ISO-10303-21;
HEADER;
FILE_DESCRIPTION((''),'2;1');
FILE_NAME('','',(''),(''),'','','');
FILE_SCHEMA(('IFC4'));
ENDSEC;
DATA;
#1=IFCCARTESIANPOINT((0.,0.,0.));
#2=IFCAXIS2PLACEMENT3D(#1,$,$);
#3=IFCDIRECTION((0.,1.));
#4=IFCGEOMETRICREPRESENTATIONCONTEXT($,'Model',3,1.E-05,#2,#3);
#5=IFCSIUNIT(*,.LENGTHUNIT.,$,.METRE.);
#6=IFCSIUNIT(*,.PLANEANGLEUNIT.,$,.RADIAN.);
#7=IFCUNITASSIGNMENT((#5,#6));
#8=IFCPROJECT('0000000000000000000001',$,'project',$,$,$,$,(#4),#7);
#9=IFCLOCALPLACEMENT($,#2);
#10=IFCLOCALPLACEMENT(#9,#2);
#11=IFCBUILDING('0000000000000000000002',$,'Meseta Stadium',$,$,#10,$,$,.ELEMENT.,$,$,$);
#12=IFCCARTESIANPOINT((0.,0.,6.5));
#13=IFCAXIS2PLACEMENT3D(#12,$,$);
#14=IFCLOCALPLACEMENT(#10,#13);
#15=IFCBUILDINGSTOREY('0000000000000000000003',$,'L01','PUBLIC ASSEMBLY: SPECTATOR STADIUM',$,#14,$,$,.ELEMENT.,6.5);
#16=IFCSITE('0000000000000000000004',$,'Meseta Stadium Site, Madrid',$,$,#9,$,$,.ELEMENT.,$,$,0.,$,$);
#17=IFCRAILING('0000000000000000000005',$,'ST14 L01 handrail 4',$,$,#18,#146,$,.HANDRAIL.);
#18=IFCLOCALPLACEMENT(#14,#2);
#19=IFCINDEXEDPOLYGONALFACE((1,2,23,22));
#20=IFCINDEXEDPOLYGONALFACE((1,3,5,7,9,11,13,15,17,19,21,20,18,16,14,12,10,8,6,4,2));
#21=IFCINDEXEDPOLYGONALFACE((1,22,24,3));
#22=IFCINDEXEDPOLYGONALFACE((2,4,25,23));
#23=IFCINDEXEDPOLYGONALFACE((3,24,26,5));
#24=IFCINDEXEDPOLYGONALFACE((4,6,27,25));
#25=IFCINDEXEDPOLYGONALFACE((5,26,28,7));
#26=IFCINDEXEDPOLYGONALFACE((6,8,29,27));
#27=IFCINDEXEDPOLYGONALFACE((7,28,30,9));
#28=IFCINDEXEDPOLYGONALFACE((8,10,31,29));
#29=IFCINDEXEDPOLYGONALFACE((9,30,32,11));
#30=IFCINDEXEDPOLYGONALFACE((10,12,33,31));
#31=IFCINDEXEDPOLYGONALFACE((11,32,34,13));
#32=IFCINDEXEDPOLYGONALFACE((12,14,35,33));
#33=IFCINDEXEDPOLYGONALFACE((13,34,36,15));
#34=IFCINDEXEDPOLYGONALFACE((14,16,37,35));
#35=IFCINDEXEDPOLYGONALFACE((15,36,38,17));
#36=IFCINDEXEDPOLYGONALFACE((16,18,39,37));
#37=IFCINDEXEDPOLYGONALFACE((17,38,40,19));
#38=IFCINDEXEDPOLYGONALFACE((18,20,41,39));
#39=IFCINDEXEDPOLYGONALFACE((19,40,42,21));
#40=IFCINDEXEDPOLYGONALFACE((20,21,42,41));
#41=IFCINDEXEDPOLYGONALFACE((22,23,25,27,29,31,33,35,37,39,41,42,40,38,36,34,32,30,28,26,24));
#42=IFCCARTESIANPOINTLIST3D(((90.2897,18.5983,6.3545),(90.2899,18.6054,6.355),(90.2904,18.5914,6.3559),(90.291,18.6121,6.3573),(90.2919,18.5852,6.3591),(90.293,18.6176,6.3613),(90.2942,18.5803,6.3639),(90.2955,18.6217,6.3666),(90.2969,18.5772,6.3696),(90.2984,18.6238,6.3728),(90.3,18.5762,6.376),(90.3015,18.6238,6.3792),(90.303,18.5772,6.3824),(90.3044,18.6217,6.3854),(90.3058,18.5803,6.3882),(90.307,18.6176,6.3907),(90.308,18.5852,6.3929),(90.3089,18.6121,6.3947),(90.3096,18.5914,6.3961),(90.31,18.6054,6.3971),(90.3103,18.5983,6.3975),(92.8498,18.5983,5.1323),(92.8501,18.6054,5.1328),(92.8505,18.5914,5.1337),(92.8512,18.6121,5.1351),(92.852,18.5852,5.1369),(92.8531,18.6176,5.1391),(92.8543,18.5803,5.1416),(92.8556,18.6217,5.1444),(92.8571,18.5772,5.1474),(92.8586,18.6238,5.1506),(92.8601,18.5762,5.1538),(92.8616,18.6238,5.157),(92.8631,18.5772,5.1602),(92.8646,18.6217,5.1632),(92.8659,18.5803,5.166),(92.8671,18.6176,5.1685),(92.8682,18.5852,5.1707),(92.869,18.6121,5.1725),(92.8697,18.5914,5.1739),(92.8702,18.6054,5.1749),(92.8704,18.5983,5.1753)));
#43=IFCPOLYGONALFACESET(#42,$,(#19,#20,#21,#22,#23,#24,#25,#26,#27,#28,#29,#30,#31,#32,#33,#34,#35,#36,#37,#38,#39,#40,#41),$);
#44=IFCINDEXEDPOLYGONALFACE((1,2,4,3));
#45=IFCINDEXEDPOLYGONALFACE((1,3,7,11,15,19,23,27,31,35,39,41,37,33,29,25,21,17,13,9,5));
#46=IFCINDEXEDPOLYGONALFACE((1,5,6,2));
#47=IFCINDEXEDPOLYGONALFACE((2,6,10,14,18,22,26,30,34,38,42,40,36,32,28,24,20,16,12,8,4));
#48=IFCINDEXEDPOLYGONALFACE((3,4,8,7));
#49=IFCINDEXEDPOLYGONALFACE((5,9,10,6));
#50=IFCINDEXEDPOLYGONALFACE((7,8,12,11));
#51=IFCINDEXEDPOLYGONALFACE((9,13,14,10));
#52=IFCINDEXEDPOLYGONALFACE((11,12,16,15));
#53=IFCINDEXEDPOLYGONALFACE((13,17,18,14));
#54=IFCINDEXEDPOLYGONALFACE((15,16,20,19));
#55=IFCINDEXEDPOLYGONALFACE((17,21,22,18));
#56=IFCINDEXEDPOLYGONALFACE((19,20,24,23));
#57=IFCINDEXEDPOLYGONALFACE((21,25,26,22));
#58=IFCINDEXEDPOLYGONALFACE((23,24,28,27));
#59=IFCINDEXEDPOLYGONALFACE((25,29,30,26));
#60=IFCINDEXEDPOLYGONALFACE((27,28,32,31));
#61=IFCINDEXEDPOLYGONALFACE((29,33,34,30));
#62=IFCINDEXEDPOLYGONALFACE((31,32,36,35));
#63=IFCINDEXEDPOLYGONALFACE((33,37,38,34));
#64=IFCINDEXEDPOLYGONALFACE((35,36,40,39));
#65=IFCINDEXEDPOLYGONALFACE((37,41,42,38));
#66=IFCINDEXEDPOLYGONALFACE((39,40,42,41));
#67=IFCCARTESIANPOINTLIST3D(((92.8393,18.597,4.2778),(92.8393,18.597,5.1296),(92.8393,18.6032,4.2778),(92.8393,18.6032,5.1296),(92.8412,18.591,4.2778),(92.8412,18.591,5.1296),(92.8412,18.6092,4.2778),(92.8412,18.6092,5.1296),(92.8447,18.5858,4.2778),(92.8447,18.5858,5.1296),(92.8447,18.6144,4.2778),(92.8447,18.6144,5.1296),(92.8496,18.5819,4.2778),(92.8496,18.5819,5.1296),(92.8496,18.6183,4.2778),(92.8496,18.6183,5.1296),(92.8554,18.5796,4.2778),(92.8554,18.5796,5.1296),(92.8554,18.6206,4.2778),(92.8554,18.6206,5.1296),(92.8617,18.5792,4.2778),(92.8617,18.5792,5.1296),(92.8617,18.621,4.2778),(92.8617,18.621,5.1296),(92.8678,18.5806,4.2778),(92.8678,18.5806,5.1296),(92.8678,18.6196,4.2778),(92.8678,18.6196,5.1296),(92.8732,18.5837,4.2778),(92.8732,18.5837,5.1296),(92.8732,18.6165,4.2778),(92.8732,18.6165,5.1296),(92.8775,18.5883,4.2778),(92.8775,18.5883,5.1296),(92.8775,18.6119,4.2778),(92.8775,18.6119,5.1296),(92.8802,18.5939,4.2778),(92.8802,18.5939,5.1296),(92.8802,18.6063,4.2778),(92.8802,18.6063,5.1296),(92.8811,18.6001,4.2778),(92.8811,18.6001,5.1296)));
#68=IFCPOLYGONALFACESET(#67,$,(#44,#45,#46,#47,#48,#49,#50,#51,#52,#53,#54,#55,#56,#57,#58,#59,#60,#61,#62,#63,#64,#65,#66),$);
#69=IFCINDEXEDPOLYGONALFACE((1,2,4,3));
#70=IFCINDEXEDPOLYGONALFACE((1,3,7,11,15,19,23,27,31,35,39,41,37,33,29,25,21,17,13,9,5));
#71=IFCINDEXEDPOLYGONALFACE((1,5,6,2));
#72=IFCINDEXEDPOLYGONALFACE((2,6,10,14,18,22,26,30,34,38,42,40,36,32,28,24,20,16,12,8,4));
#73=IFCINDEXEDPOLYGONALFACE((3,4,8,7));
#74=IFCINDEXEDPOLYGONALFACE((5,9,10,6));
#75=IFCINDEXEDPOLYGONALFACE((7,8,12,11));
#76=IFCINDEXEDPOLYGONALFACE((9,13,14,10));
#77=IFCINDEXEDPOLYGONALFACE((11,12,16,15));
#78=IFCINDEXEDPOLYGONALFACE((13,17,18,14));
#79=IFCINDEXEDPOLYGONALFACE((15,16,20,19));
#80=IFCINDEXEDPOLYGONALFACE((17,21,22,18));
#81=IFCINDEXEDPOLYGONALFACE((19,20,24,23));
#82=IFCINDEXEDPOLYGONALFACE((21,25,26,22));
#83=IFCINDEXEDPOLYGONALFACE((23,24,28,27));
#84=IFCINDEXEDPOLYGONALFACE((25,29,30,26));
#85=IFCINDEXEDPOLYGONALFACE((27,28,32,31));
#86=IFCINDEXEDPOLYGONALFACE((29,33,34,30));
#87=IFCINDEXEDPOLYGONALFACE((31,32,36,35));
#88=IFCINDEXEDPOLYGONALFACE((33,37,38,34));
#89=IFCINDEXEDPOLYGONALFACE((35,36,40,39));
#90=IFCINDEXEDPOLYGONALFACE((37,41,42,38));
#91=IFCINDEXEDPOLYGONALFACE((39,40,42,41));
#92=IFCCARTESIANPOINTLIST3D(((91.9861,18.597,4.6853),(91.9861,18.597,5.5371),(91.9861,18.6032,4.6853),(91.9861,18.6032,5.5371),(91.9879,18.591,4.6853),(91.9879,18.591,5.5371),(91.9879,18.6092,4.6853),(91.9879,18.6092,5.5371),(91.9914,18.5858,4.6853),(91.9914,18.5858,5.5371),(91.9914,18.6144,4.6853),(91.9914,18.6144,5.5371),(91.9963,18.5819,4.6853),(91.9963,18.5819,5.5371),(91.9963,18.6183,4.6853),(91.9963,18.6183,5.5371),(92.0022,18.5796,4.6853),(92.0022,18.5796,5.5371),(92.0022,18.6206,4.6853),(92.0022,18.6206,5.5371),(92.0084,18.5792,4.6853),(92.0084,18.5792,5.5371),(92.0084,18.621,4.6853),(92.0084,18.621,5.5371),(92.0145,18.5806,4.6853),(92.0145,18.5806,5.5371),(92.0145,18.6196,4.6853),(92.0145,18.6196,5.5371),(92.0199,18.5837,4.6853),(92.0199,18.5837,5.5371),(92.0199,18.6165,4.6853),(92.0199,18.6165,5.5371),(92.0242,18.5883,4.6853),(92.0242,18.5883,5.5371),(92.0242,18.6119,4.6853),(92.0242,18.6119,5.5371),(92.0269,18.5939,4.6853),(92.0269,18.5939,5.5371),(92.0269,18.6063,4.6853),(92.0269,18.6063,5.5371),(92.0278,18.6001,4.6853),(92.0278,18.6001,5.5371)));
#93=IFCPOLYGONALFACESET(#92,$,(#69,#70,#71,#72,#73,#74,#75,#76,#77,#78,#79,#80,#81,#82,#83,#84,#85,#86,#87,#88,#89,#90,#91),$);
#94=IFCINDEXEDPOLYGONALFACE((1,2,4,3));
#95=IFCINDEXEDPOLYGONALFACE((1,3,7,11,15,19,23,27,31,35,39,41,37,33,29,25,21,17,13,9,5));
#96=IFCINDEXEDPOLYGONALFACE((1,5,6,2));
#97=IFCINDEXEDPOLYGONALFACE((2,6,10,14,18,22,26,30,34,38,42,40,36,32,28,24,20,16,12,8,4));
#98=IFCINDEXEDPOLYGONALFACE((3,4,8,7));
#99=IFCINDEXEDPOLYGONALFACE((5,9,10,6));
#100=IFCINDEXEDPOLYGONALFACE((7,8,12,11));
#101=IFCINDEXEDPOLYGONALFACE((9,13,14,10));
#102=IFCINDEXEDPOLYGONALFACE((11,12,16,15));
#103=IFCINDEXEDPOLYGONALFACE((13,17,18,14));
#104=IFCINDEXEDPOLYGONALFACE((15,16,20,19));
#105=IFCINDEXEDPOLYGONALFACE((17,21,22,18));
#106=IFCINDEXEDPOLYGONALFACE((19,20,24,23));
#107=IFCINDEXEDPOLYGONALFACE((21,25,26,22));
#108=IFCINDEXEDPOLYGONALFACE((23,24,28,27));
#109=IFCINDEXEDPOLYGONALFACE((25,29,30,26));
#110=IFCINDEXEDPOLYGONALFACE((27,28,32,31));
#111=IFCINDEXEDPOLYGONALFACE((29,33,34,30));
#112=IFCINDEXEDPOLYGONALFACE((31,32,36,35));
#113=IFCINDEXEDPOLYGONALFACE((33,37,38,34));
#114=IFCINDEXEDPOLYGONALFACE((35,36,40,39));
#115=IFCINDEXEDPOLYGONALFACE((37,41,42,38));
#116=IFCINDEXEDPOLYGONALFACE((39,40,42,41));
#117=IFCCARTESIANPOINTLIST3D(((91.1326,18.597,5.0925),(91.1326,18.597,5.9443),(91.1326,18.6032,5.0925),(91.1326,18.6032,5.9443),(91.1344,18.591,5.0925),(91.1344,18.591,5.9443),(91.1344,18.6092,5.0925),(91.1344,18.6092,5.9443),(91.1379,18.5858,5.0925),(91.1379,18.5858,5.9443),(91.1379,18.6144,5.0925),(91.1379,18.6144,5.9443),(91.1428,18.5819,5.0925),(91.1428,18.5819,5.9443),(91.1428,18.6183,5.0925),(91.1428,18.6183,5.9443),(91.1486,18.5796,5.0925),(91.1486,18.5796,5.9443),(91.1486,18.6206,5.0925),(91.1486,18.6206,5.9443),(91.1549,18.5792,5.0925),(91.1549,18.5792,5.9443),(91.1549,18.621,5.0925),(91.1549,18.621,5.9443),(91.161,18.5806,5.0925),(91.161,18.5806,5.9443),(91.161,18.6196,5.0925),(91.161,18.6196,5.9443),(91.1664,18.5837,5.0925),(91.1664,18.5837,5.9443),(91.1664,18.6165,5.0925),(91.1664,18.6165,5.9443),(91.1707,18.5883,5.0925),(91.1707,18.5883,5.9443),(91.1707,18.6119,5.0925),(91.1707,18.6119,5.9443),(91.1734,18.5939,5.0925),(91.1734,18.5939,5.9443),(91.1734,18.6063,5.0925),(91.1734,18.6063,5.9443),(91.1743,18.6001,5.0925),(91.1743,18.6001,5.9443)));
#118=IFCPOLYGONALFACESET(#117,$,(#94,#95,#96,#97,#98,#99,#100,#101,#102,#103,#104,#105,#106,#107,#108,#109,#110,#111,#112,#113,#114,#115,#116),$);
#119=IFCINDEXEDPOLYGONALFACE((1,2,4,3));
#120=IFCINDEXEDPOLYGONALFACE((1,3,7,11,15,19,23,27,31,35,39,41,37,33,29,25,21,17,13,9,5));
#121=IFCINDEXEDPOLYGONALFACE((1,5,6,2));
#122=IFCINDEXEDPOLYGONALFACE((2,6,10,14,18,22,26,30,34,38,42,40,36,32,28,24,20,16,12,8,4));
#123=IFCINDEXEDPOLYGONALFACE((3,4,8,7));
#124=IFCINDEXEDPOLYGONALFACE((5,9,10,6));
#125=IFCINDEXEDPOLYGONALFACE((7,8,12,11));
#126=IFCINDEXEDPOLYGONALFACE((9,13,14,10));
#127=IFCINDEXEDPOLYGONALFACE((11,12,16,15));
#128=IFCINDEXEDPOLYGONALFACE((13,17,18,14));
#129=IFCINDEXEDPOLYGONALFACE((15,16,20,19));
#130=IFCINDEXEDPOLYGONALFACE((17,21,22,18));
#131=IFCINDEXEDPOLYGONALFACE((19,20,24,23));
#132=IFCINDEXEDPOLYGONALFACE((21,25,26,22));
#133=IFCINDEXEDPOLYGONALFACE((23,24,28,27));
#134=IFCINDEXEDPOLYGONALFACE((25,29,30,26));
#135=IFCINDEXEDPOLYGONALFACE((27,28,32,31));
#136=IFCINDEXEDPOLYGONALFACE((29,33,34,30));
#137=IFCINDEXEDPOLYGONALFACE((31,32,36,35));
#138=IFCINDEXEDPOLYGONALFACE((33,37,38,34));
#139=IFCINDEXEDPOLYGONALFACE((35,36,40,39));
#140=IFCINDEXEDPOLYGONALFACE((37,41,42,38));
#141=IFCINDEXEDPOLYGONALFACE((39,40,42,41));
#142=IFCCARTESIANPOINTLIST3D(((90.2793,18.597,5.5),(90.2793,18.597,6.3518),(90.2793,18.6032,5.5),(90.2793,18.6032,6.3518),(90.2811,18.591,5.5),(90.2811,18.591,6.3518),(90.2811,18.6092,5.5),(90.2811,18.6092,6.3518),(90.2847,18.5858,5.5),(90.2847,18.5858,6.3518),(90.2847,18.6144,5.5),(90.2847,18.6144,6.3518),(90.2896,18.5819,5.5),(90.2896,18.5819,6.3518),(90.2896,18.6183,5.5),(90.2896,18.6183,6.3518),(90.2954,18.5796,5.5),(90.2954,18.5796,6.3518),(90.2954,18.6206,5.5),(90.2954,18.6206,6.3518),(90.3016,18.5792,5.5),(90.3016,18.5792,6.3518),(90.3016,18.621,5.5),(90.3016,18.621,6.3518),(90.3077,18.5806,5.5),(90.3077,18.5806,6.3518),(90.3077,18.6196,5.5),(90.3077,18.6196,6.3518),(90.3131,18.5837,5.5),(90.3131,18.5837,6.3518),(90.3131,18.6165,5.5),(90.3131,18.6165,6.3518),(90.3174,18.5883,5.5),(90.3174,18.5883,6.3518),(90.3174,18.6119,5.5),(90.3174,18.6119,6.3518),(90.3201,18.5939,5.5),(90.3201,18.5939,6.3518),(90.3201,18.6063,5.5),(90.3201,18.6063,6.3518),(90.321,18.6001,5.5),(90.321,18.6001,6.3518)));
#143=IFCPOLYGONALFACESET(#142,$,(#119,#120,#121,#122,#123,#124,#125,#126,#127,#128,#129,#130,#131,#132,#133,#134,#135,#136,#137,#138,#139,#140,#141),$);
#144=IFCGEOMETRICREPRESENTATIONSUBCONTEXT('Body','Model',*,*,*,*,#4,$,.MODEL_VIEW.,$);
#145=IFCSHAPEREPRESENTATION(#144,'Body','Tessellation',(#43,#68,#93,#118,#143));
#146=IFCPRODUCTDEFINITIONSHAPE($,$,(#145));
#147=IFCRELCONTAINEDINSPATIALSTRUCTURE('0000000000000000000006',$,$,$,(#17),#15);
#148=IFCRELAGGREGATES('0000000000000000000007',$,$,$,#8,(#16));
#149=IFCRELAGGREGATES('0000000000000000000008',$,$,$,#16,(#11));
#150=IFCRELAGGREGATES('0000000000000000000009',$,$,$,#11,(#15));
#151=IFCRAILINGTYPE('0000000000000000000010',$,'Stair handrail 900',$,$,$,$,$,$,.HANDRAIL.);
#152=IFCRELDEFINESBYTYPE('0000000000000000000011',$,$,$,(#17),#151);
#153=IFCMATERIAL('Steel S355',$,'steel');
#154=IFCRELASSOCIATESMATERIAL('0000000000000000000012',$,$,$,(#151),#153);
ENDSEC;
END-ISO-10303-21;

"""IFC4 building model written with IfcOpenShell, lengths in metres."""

from ifc_helpers import new_model, si_unit, direction, frame, origin, origin_2d, place, context, subcontext, project, spatial, circle, extrude, material, type_object, element, save


model = new_model("IFC4")

# Units and contexts
model_context = context("Model", 3, precision=1e-05, world=origin(), true_north=direction((0.0, 1.0)))
body_context = subcontext(model_context, "Body", "Model", "MODEL_VIEW")
ifc_project = project(units=[si_unit("LENGTHUNIT", "METRE"), si_unit("PLANEANGLEUNIT", "RADIAN")], contexts=[model_context])

# Site, building, storey
site_placement = place(None, origin())
site = spatial("IfcSite", under=ifc_project, at=site_placement, Name="Meseta Stadium Site, Madrid", CompositionType="ELEMENT", RefElevation=0.0)
building_placement = place(site_placement, origin())
building = spatial("IfcBuilding", under=site, at=building_placement, Name="Meseta Stadium", CompositionType="ELEMENT")
storey_placement = place(building_placement, frame((0.0, 0.0, 6.5)))
storey = spatial("IfcBuildingStorey", under=building, at=storey_placement, Name="L01", Description="PUBLIC ASSEMBLY: SPECTATOR STADIUM", CompositionType="ELEMENT", Elevation=6.5)

# Railing
ifc_material_1 = material(Name="Steel S355", Category="steel")
railing_type_1 = type_object("IfcRailingType", Name="Stair handrail 900", PredefinedType="HANDRAIL", material=ifc_material_1)
for number, where, name in (
    (1, (92.8601, 18.6001, 4.2778), "ST14 L01 handrail 4"),
):
    element("IfcRailing", number, at=place(storey_placement, frame(where)), inside=storey, type_object=railing_type_1, Name=name, PredefinedType="HANDRAIL", context=body_context, shape_type="SweptSolid", body=[
        extrude(circle(Radius=0.0239, at=origin_2d()), frame((0.0, 0.0, 0.876), z_axis=(-0.902437, 0.0, 0.430822), x_axis=(0.0, -1.0, 0.0)), (0.0, 0.0, 1.0), 2.8369),
        extrude(circle(Radius=0.021, at=origin_2d()), origin(), (0.0, 0.0, 1.0), 0.8518),
        extrude(circle(Radius=0.021, at=origin_2d()), frame((-0.8533, 0.0, 0.4075)), (0.0, 0.0, 1.0), 0.8518),
        extrude(circle(Radius=0.021, at=origin_2d()), frame((-1.7068, 0.0, 0.8147)), (0.0, 0.0, 1.0), 0.8518),
        extrude(circle(Radius=0.021, at=origin_2d()), frame((-2.5601, 0.0, 1.2222)), (0.0, 0.0, 1.0), 0.8518),
    ])

save(model, "model.ifc")
